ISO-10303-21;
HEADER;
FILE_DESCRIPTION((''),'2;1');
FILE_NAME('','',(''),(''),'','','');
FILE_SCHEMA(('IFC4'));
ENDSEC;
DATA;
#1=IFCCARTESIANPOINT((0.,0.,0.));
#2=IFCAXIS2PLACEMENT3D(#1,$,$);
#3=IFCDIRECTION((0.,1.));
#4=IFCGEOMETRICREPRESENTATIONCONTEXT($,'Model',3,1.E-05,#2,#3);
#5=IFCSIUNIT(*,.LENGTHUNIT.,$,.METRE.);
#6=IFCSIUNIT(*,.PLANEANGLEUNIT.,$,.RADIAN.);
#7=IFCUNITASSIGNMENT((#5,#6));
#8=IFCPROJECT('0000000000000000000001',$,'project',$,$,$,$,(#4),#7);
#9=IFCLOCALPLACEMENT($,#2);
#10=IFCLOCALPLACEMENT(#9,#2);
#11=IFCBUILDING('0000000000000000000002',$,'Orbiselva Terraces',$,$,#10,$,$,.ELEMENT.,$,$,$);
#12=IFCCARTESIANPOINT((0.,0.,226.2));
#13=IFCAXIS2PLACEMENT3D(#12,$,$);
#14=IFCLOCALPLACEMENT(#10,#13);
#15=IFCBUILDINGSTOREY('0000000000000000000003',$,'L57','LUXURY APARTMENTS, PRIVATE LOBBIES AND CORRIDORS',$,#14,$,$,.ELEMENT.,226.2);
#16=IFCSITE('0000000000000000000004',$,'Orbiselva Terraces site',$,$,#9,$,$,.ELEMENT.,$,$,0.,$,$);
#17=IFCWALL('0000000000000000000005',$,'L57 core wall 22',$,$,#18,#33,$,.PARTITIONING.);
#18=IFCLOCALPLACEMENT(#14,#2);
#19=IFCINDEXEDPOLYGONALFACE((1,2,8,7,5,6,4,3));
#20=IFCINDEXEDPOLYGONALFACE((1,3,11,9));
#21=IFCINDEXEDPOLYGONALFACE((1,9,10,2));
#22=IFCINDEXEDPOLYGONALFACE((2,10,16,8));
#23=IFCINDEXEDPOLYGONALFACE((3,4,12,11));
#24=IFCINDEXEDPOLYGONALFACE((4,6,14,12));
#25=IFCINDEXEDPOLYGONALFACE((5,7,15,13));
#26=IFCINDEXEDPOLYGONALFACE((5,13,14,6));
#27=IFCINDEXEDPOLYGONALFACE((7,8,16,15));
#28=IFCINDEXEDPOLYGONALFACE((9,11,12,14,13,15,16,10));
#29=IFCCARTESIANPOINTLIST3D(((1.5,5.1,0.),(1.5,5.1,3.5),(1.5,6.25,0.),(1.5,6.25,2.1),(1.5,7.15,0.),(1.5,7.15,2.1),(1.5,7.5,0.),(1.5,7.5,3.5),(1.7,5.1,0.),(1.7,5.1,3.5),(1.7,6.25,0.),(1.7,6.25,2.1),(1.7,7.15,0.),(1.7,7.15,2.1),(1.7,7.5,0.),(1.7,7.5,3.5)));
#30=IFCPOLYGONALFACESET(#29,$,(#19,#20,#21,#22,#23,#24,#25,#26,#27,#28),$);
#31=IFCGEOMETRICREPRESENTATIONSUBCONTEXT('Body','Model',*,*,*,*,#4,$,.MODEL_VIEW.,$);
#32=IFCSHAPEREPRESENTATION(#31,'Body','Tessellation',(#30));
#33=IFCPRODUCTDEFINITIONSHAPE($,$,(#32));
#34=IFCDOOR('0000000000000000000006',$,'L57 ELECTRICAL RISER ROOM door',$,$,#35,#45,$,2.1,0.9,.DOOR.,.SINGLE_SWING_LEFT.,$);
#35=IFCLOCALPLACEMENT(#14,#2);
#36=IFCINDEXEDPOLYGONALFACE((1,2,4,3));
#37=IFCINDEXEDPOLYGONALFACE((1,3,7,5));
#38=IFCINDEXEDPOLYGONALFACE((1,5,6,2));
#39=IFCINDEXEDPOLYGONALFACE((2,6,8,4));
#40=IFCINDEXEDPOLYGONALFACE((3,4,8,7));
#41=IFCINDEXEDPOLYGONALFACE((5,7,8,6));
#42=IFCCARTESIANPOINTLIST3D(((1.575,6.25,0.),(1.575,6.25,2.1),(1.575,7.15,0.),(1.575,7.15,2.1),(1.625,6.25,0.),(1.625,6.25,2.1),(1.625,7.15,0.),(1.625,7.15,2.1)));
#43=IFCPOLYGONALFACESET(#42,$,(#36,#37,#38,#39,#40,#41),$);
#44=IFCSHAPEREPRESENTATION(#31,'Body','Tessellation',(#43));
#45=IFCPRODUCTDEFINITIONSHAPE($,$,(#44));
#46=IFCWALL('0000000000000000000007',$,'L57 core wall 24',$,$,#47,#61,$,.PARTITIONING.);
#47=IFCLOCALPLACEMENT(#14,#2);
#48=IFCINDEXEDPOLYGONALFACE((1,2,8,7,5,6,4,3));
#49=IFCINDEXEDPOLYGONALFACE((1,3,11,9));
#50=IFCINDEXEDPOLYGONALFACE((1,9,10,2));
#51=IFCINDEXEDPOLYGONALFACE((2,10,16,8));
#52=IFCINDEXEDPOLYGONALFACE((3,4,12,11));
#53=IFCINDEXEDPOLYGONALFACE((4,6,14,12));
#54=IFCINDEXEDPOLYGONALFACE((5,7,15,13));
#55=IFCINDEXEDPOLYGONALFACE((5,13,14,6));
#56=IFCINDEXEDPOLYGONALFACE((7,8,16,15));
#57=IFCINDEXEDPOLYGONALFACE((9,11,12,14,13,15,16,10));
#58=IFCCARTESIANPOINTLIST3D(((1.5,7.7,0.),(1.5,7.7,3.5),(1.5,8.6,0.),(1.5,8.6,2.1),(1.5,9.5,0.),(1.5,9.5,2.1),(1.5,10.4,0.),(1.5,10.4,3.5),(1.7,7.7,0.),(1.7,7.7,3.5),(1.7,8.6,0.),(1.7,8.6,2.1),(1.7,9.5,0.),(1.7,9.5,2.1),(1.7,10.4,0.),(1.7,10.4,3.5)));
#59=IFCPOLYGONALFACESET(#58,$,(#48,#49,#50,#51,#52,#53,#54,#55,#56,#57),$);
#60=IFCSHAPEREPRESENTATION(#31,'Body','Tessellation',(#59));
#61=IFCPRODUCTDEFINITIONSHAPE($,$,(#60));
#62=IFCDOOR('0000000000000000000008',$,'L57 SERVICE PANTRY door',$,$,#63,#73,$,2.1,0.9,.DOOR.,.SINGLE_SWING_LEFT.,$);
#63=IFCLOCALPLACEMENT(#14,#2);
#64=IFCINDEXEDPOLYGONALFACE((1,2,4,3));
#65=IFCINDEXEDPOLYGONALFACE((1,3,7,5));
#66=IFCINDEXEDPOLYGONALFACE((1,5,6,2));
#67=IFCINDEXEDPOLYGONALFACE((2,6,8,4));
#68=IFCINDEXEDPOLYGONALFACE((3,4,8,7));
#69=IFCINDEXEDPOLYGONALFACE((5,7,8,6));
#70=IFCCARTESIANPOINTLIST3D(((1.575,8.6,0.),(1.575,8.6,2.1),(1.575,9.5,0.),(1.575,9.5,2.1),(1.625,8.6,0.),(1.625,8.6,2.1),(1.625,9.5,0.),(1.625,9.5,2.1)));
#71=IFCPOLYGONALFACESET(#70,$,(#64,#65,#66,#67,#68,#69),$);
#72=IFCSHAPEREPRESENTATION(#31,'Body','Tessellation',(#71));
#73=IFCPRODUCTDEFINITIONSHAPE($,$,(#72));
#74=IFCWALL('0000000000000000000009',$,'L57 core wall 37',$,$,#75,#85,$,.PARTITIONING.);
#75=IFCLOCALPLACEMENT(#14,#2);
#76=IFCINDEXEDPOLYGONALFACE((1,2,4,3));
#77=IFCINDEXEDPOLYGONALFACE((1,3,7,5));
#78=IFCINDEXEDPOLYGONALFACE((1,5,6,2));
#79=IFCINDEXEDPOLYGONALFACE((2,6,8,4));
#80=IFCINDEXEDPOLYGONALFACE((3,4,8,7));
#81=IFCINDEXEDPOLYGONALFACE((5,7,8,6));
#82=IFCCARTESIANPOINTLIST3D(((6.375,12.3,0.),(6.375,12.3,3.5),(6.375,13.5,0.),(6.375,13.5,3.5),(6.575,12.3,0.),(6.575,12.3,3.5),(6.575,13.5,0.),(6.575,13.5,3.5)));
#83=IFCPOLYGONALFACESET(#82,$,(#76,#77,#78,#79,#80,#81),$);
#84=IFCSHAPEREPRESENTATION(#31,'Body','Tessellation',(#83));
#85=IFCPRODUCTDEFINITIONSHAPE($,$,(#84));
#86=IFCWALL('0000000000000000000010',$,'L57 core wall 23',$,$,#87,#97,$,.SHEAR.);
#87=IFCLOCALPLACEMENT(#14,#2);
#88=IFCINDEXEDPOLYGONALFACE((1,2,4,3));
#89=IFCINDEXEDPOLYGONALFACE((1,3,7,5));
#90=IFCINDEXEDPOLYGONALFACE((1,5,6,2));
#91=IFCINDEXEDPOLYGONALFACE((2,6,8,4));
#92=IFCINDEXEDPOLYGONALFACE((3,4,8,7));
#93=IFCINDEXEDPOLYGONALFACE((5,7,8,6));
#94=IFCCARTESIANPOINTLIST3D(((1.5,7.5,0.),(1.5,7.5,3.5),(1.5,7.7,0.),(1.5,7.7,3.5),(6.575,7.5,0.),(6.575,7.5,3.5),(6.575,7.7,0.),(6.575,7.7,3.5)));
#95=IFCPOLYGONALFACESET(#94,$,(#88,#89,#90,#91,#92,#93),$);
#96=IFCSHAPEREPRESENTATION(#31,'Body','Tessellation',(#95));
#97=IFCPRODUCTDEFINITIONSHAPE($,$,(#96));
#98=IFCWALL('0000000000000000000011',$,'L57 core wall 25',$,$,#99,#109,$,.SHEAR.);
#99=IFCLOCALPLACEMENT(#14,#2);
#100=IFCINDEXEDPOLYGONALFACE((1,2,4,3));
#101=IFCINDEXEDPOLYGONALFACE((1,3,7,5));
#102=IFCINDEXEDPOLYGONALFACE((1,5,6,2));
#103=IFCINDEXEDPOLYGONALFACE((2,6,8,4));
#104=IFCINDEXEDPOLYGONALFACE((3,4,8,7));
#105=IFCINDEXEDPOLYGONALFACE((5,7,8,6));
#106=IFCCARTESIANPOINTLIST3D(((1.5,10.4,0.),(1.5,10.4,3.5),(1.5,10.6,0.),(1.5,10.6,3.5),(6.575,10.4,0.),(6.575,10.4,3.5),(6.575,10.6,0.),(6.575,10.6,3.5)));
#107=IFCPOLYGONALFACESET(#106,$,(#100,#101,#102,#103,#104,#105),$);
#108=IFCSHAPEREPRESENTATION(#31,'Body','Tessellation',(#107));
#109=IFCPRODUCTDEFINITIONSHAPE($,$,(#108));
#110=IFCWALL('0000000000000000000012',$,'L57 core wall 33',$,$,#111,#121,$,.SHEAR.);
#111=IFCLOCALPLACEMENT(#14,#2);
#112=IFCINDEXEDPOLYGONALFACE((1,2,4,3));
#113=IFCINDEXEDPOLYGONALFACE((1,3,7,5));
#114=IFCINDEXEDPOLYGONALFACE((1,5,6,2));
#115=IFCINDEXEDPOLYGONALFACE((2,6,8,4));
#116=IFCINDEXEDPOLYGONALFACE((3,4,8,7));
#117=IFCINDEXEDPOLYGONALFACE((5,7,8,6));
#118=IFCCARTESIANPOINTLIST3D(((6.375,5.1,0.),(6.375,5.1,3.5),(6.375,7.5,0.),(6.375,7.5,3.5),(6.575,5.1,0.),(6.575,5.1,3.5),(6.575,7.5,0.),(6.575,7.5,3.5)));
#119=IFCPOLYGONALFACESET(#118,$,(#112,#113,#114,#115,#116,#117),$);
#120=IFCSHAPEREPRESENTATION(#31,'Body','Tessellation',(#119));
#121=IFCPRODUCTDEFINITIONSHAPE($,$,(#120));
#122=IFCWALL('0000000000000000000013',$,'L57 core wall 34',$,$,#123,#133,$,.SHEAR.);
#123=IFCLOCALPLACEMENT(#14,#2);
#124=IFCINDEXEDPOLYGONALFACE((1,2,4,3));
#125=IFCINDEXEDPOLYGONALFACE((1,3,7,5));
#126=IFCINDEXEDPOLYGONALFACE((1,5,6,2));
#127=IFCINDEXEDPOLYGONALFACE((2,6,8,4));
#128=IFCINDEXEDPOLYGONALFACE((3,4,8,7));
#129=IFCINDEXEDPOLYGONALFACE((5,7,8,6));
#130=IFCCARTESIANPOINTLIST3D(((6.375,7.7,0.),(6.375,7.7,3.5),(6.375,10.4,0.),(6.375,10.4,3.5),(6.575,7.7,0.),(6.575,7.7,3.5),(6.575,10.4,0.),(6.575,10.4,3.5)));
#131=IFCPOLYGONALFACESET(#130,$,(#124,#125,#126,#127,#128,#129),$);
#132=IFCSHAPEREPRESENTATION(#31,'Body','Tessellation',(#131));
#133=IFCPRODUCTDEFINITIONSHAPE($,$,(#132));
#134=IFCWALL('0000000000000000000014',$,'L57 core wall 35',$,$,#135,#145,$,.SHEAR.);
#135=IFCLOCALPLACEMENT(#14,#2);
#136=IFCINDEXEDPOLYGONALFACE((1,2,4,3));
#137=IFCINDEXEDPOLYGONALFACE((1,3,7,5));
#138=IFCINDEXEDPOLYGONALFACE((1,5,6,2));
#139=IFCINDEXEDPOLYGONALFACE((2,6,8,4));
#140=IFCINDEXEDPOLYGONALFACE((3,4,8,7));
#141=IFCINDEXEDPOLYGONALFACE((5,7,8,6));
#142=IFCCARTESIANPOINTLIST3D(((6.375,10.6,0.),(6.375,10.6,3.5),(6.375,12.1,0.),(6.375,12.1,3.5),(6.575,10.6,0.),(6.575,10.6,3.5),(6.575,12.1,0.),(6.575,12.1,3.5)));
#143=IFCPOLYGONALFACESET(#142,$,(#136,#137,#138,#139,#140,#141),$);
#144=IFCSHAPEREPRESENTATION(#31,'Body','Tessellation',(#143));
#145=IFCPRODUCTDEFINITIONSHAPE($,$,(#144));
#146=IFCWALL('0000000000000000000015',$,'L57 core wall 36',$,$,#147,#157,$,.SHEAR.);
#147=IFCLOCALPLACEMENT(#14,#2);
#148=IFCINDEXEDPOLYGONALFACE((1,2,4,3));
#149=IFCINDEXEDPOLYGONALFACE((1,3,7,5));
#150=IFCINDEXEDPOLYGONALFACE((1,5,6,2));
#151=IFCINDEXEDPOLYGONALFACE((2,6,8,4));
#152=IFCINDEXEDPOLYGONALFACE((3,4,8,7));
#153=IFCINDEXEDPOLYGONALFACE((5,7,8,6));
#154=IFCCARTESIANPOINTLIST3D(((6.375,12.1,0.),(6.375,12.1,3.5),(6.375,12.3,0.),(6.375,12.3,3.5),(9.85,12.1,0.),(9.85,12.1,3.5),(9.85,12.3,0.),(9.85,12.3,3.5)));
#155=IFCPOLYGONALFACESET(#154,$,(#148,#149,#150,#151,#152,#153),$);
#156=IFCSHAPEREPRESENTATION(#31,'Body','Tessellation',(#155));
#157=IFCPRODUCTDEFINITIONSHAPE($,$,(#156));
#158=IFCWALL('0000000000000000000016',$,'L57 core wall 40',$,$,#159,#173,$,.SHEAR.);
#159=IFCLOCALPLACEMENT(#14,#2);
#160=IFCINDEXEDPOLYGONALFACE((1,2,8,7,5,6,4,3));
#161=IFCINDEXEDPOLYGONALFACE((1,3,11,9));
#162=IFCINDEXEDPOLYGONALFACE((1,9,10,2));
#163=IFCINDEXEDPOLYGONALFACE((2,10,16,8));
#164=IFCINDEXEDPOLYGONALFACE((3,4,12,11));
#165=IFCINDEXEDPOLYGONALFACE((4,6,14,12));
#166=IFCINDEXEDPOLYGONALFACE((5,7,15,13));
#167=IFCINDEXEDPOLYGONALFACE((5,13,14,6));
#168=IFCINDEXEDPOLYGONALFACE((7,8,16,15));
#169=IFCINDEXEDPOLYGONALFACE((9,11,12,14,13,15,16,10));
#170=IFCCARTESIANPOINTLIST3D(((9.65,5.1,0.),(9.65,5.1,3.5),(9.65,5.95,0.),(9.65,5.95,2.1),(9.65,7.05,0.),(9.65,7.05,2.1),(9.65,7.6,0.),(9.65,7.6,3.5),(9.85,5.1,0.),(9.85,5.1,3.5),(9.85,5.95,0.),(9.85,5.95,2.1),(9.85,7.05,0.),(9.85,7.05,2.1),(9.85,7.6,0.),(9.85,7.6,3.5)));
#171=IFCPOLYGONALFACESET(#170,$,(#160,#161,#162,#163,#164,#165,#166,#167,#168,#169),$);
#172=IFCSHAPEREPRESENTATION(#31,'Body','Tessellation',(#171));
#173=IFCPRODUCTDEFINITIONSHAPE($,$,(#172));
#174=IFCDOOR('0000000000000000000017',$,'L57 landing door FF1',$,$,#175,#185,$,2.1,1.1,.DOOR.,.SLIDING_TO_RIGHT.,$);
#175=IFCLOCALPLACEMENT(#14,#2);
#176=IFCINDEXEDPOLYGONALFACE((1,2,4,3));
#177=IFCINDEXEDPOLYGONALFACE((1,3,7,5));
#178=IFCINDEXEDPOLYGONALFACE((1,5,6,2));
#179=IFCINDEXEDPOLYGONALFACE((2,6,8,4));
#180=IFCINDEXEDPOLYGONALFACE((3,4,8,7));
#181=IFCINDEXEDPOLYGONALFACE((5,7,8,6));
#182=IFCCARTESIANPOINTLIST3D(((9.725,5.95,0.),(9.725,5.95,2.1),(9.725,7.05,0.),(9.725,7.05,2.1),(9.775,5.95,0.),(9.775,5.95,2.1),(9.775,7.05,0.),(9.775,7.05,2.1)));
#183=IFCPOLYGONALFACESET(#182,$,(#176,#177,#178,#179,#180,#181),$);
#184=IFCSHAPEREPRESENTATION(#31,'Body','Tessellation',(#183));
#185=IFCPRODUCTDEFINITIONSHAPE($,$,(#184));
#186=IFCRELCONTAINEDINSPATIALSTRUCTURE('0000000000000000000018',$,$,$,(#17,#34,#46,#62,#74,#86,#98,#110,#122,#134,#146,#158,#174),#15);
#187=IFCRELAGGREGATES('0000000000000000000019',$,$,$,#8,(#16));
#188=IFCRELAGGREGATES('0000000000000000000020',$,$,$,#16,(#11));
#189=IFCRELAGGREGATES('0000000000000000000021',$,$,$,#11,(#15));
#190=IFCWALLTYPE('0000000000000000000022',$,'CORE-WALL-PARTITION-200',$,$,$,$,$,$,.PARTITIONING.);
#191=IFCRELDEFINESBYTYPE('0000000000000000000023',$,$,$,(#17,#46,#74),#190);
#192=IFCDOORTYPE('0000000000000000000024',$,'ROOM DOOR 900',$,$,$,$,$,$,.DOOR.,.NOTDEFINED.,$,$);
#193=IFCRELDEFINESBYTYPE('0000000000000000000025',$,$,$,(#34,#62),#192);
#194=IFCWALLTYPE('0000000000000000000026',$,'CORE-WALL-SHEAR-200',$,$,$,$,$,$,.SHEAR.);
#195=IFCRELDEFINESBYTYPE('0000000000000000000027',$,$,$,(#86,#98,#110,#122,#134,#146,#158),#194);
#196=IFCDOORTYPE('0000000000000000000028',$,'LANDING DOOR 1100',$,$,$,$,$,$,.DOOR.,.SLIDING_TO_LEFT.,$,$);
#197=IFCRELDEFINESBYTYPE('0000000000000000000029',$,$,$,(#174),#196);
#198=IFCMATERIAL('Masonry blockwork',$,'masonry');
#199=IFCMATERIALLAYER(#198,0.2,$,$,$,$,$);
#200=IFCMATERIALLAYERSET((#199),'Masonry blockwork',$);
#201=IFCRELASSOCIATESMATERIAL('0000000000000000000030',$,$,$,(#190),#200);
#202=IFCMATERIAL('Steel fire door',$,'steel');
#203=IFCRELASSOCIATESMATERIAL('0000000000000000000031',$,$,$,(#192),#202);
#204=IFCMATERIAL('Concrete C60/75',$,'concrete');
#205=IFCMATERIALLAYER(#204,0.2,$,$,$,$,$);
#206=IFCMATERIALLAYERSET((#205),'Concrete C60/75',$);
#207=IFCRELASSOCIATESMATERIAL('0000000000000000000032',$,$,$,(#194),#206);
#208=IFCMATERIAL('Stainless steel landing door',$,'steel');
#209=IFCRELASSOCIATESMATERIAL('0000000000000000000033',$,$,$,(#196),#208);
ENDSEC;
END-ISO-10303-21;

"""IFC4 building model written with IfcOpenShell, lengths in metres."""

from ifc_helpers import new_model, si_unit, direction, frame, frame_2d, origin, place, context, subcontext, project, spatial, rectangle, extrude, material, layer, layer_set, type_object, element, fill, save


model = new_model("IFC4")

# Units and contexts
model_context = context("Model", 3, precision=1e-05, world=origin(), true_north=direction((0.0, 1.0)))
body_context = subcontext(model_context, "Body", "Model", "MODEL_VIEW")
ifc_project = project(units=[si_unit("LENGTHUNIT", "METRE"), si_unit("PLANEANGLEUNIT", "RADIAN")], contexts=[model_context])

# Site, building, storey
site_placement = place(None, origin())
site = spatial("IfcSite", under=ifc_project, at=site_placement, Name="Orbiselva Terraces site", CompositionType="ELEMENT", RefElevation=0.0)
building_placement = place(site_placement, origin())
building = spatial("IfcBuilding", under=site, at=building_placement, Name="Orbiselva Terraces", CompositionType="ELEMENT")
storey_placement = place(building_placement, frame((0.0, 0.0, 226.2)))
storey = spatial("IfcBuildingStorey", under=building, at=storey_placement, Name="L57", Description="LUXURY APARTMENTS, PRIVATE LOBBIES AND CORRIDORS", CompositionType="ELEMENT", Elevation=226.2)

# Walls, openings, doors
ifc_material_1 = material(Name="Masonry blockwork", Category="masonry")
ifc_layer_1 = layer(ifc_material_1, 0.2)
ifc_layer_set_1 = layer_set([ifc_layer_1], Name="Masonry blockwork")
wall_type_1 = type_object("IfcWallType", Name="CORE-WALL-PARTITION-200", PredefinedType="PARTITIONING", material=ifc_layer_set_1)
wall_1_placement = place(storey_placement, frame((1.6, 7.5, 0.0), z_axis=(0.0, 0.0, 1.0), x_axis=(0.0, -1.0, 0.0)))
wall_1 = element("IfcWall", 1, at=wall_1_placement, inside=storey, type_object=wall_type_1, Name="L57 core wall 22", PredefinedType="PARTITIONING", context=body_context, shape_type="SweptSolid", body=[
    extrude(rectangle(XDim=2.4, YDim=0.2, at=frame_2d((1.2, 0.0))), origin(), (0.0, 0.0, 1.0), 3.5),
])
opening_1_placement = place(wall_1_placement, frame((0.35, 0.0, 0.0)))
opening_1 = element("IfcOpeningElement", 2, at=opening_1_placement, cuts=wall_1, PredefinedType="OPENING", context=body_context, shape_type="SweptSolid", body=[
    extrude(rectangle(XDim=0.9, YDim=2.1, at=frame_2d((0.45, 1.05))), frame((0.0, 0.11, 0.0), z_axis=(0.0, -1.0, 0.0), x_axis=(1.0, 0.0, 0.0)), (0.0, 0.0, 1.0), 0.22),
])
ifc_material_2 = material(Name="Steel fire door", Category="steel")
door_type_1 = type_object("IfcDoorType", Name="ROOM DOOR 900", OperationType="NOTDEFINED", PredefinedType="DOOR", material=ifc_material_2)
door_1_placement = place(opening_1_placement, origin())
door_1 = element("IfcDoor", 3, at=door_1_placement, inside=storey, type_object=door_type_1, Name="L57 ELECTRICAL RISER ROOM door", OperationType="SINGLE_SWING_LEFT", OverallHeight=2.1, OverallWidth=0.9, PredefinedType="DOOR", context=body_context, shape_type="SweptSolid", body=[
    extrude(rectangle(XDim=0.9, YDim=2.1, at=frame_2d((0.45, 1.05))), frame((0.0, 0.025, 0.0), z_axis=(0.0, -1.0, 0.0), x_axis=(1.0, 0.0, 0.0)), (0.0, 0.0, 1.0), 0.05),
])
fill(opening_1, door_1)
wall_2_placement = place(storey_placement, frame((1.6, 10.4, 0.0), z_axis=(0.0, 0.0, 1.0), x_axis=(0.0, -1.0, 0.0)))
wall_2 = element("IfcWall", 4, at=wall_2_placement, inside=storey, type_object=wall_type_1, Name="L57 core wall 24", PredefinedType="PARTITIONING", context=body_context, shape_type="SweptSolid", body=[
    extrude(rectangle(XDim=2.7, YDim=0.2, at=frame_2d((1.35, 0.0))), origin(), (0.0, 0.0, 1.0), 3.5),
])
opening_2_placement = place(wall_2_placement, frame((0.9, 0.0, 0.0)))
opening_2 = element("IfcOpeningElement", 5, at=opening_2_placement, cuts=wall_2, PredefinedType="OPENING", context=body_context, shape_type="SweptSolid", body=[
    extrude(rectangle(XDim=0.9, YDim=2.1, at=frame_2d((0.45, 1.05))), frame((0.0, 0.11, 0.0), z_axis=(0.0, -1.0, 0.0), x_axis=(1.0, 0.0, 0.0)), (0.0, 0.0, 1.0), 0.22),
])
door_2_placement = place(opening_2_placement, origin())
door_2 = element("IfcDoor", 6, at=door_2_placement, inside=storey, type_object=door_type_1, Name="L57 SERVICE PANTRY door", OperationType="SINGLE_SWING_LEFT", OverallHeight=2.1, OverallWidth=0.9, PredefinedType="DOOR", context=body_context, shape_type="SweptSolid", body=[
    extrude(rectangle(XDim=0.9, YDim=2.1, at=frame_2d((0.45, 1.05))), frame((0.0, 0.025, 0.0), z_axis=(0.0, -1.0, 0.0), x_axis=(1.0, 0.0, 0.0)), (0.0, 0.0, 1.0), 0.05),
])
fill(opening_2, door_2)

# Walls
wall_3_placement = place(storey_placement, frame((6.475, 12.3, 0.0), z_axis=(0.0, 0.0, 1.0), x_axis=(0.0, 1.0, 0.0)))
element("IfcWall", 7, at=wall_3_placement, inside=storey, type_object=wall_type_1, Name="L57 core wall 37", PredefinedType="PARTITIONING", context=body_context, shape_type="SweptSolid", body=[
    extrude(rectangle(XDim=1.2, YDim=0.2, at=frame_2d((0.6, 0.0))), origin(), (0.0, 0.0, 1.0), 3.5),
])
ifc_material_3 = material(Name="Concrete C60/75", Category="concrete")
ifc_layer_2 = layer(ifc_material_3, 0.2)
ifc_layer_set_2 = layer_set([ifc_layer_2], Name="Concrete C60/75")
wall_type_2 = type_object("IfcWallType", Name="CORE-WALL-SHEAR-200", PredefinedType="SHEAR", material=ifc_layer_set_2)
for number, where, z_axis, x_axis, name in (
    (8, (1.5, 7.6, 0.0), (0.0, 0.0, 1.0), (1.0, 0.0, 0.0), "L57 core wall 23"),
    (9, (1.5, 10.5, 0.0), (0.0, 0.0, 1.0), (1.0, 0.0, 0.0), "L57 core wall 25"),
):
    element("IfcWall", number, at=place(storey_placement, frame(where, z_axis=z_axis, x_axis=x_axis)), inside=storey, type_object=wall_type_2, Name=name, PredefinedType="SHEAR", context=body_context, shape_type="SweptSolid", body=[
        extrude(rectangle(XDim=5.075, YDim=0.2, at=frame_2d((2.5375, 0.0))), origin(), (0.0, 0.0, 1.0), 3.5),
    ])
wall_4_placement = place(storey_placement, frame((6.475, 5.1, 0.0), z_axis=(0.0, 0.0, 1.0), x_axis=(0.0, 1.0, 0.0)))
element("IfcWall", 10, at=wall_4_placement, inside=storey, type_object=wall_type_2, Name="L57 core wall 33", PredefinedType="SHEAR", context=body_context, shape_type="SweptSolid", body=[
    extrude(rectangle(XDim=2.4, YDim=0.2, at=frame_2d((1.2, 0.0))), origin(), (0.0, 0.0, 1.0), 3.5),
])
wall_5_placement = place(storey_placement, frame((6.475, 7.7, 0.0), z_axis=(0.0, 0.0, 1.0), x_axis=(0.0, 1.0, 0.0)))
element("IfcWall", 11, at=wall_5_placement, inside=storey, type_object=wall_type_2, Name="L57 core wall 34", PredefinedType="SHEAR", context=body_context, shape_type="SweptSolid", body=[
    extrude(rectangle(XDim=2.7, YDim=0.2, at=frame_2d((1.35, 0.0))), origin(), (0.0, 0.0, 1.0), 3.5),
])
wall_6_placement = place(storey_placement, frame((6.475, 10.6, 0.0), z_axis=(0.0, 0.0, 1.0), x_axis=(0.0, 1.0, 0.0)))
element("IfcWall", 12, at=wall_6_placement, inside=storey, type_object=wall_type_2, Name="L57 core wall 35", PredefinedType="SHEAR", context=body_context, shape_type="SweptSolid", body=[
    extrude(rectangle(XDim=1.5, YDim=0.2, at=frame_2d((0.75, 0.0))), origin(), (0.0, 0.0, 1.0), 3.5),
])
wall_7_placement = place(storey_placement, frame((6.375, 12.2, 0.0), z_axis=(0.0, 0.0, 1.0), x_axis=(1.0, 0.0, 0.0)))
element("IfcWall", 13, at=wall_7_placement, inside=storey, type_object=wall_type_2, Name="L57 core wall 36", PredefinedType="SHEAR", context=body_context, shape_type="SweptSolid", body=[
    extrude(rectangle(XDim=3.475, YDim=0.2, at=frame_2d((1.7375, 0.0))), origin(), (0.0, 0.0, 1.0), 3.5),
])

# Wall, opening, door
wall_8_placement = place(storey_placement, frame((9.75, 5.1, 0.0), z_axis=(0.0, 0.0, 1.0), x_axis=(0.0, 1.0, 0.0)))
wall_8 = element("IfcWall", 14, at=wall_8_placement, inside=storey, type_object=wall_type_2, Name="L57 core wall 40", PredefinedType="SHEAR", context=body_context, shape_type="SweptSolid", body=[
    extrude(rectangle(XDim=2.5, YDim=0.2, at=frame_2d((1.25, 0.0))), origin(), (0.0, 0.0, 1.0), 3.5),
])
opening_3_placement = place(wall_8_placement, frame((0.85, 0.0, 0.0)))
opening_3 = element("IfcOpeningElement", 15, at=opening_3_placement, cuts=wall_8, PredefinedType="OPENING", context=body_context, shape_type="SweptSolid", body=[
    extrude(rectangle(XDim=1.1, YDim=2.1, at=frame_2d((0.55, 1.05))), frame((0.0, 0.11, 0.0), z_axis=(0.0, -1.0, 0.0), x_axis=(1.0, 0.0, 0.0)), (0.0, 0.0, 1.0), 0.22),
])
ifc_material_4 = material(Name="Stainless steel landing door", Category="steel")
door_type_2 = type_object("IfcDoorType", Name="LANDING DOOR 1100", OperationType="SLIDING_TO_LEFT", PredefinedType="DOOR", material=ifc_material_4)
door_3_placement = place(opening_3_placement, origin())
door_3 = element("IfcDoor", 16, at=door_3_placement, inside=storey, type_object=door_type_2, Name="L57 landing door FF1", OperationType="SLIDING_TO_RIGHT", OverallHeight=2.1, OverallWidth=1.1, PredefinedType="DOOR", context=body_context, shape_type="SweptSolid", body=[
    extrude(rectangle(XDim=1.1, YDim=2.1, at=frame_2d((0.55, 1.05))), frame((0.0, 0.025, 0.0), z_axis=(0.0, -1.0, 0.0), x_axis=(1.0, 0.0, 0.0)), (0.0, 0.0, 1.0), 0.05),
])
fill(opening_3, door_3)

save(model, "model.ifc")
